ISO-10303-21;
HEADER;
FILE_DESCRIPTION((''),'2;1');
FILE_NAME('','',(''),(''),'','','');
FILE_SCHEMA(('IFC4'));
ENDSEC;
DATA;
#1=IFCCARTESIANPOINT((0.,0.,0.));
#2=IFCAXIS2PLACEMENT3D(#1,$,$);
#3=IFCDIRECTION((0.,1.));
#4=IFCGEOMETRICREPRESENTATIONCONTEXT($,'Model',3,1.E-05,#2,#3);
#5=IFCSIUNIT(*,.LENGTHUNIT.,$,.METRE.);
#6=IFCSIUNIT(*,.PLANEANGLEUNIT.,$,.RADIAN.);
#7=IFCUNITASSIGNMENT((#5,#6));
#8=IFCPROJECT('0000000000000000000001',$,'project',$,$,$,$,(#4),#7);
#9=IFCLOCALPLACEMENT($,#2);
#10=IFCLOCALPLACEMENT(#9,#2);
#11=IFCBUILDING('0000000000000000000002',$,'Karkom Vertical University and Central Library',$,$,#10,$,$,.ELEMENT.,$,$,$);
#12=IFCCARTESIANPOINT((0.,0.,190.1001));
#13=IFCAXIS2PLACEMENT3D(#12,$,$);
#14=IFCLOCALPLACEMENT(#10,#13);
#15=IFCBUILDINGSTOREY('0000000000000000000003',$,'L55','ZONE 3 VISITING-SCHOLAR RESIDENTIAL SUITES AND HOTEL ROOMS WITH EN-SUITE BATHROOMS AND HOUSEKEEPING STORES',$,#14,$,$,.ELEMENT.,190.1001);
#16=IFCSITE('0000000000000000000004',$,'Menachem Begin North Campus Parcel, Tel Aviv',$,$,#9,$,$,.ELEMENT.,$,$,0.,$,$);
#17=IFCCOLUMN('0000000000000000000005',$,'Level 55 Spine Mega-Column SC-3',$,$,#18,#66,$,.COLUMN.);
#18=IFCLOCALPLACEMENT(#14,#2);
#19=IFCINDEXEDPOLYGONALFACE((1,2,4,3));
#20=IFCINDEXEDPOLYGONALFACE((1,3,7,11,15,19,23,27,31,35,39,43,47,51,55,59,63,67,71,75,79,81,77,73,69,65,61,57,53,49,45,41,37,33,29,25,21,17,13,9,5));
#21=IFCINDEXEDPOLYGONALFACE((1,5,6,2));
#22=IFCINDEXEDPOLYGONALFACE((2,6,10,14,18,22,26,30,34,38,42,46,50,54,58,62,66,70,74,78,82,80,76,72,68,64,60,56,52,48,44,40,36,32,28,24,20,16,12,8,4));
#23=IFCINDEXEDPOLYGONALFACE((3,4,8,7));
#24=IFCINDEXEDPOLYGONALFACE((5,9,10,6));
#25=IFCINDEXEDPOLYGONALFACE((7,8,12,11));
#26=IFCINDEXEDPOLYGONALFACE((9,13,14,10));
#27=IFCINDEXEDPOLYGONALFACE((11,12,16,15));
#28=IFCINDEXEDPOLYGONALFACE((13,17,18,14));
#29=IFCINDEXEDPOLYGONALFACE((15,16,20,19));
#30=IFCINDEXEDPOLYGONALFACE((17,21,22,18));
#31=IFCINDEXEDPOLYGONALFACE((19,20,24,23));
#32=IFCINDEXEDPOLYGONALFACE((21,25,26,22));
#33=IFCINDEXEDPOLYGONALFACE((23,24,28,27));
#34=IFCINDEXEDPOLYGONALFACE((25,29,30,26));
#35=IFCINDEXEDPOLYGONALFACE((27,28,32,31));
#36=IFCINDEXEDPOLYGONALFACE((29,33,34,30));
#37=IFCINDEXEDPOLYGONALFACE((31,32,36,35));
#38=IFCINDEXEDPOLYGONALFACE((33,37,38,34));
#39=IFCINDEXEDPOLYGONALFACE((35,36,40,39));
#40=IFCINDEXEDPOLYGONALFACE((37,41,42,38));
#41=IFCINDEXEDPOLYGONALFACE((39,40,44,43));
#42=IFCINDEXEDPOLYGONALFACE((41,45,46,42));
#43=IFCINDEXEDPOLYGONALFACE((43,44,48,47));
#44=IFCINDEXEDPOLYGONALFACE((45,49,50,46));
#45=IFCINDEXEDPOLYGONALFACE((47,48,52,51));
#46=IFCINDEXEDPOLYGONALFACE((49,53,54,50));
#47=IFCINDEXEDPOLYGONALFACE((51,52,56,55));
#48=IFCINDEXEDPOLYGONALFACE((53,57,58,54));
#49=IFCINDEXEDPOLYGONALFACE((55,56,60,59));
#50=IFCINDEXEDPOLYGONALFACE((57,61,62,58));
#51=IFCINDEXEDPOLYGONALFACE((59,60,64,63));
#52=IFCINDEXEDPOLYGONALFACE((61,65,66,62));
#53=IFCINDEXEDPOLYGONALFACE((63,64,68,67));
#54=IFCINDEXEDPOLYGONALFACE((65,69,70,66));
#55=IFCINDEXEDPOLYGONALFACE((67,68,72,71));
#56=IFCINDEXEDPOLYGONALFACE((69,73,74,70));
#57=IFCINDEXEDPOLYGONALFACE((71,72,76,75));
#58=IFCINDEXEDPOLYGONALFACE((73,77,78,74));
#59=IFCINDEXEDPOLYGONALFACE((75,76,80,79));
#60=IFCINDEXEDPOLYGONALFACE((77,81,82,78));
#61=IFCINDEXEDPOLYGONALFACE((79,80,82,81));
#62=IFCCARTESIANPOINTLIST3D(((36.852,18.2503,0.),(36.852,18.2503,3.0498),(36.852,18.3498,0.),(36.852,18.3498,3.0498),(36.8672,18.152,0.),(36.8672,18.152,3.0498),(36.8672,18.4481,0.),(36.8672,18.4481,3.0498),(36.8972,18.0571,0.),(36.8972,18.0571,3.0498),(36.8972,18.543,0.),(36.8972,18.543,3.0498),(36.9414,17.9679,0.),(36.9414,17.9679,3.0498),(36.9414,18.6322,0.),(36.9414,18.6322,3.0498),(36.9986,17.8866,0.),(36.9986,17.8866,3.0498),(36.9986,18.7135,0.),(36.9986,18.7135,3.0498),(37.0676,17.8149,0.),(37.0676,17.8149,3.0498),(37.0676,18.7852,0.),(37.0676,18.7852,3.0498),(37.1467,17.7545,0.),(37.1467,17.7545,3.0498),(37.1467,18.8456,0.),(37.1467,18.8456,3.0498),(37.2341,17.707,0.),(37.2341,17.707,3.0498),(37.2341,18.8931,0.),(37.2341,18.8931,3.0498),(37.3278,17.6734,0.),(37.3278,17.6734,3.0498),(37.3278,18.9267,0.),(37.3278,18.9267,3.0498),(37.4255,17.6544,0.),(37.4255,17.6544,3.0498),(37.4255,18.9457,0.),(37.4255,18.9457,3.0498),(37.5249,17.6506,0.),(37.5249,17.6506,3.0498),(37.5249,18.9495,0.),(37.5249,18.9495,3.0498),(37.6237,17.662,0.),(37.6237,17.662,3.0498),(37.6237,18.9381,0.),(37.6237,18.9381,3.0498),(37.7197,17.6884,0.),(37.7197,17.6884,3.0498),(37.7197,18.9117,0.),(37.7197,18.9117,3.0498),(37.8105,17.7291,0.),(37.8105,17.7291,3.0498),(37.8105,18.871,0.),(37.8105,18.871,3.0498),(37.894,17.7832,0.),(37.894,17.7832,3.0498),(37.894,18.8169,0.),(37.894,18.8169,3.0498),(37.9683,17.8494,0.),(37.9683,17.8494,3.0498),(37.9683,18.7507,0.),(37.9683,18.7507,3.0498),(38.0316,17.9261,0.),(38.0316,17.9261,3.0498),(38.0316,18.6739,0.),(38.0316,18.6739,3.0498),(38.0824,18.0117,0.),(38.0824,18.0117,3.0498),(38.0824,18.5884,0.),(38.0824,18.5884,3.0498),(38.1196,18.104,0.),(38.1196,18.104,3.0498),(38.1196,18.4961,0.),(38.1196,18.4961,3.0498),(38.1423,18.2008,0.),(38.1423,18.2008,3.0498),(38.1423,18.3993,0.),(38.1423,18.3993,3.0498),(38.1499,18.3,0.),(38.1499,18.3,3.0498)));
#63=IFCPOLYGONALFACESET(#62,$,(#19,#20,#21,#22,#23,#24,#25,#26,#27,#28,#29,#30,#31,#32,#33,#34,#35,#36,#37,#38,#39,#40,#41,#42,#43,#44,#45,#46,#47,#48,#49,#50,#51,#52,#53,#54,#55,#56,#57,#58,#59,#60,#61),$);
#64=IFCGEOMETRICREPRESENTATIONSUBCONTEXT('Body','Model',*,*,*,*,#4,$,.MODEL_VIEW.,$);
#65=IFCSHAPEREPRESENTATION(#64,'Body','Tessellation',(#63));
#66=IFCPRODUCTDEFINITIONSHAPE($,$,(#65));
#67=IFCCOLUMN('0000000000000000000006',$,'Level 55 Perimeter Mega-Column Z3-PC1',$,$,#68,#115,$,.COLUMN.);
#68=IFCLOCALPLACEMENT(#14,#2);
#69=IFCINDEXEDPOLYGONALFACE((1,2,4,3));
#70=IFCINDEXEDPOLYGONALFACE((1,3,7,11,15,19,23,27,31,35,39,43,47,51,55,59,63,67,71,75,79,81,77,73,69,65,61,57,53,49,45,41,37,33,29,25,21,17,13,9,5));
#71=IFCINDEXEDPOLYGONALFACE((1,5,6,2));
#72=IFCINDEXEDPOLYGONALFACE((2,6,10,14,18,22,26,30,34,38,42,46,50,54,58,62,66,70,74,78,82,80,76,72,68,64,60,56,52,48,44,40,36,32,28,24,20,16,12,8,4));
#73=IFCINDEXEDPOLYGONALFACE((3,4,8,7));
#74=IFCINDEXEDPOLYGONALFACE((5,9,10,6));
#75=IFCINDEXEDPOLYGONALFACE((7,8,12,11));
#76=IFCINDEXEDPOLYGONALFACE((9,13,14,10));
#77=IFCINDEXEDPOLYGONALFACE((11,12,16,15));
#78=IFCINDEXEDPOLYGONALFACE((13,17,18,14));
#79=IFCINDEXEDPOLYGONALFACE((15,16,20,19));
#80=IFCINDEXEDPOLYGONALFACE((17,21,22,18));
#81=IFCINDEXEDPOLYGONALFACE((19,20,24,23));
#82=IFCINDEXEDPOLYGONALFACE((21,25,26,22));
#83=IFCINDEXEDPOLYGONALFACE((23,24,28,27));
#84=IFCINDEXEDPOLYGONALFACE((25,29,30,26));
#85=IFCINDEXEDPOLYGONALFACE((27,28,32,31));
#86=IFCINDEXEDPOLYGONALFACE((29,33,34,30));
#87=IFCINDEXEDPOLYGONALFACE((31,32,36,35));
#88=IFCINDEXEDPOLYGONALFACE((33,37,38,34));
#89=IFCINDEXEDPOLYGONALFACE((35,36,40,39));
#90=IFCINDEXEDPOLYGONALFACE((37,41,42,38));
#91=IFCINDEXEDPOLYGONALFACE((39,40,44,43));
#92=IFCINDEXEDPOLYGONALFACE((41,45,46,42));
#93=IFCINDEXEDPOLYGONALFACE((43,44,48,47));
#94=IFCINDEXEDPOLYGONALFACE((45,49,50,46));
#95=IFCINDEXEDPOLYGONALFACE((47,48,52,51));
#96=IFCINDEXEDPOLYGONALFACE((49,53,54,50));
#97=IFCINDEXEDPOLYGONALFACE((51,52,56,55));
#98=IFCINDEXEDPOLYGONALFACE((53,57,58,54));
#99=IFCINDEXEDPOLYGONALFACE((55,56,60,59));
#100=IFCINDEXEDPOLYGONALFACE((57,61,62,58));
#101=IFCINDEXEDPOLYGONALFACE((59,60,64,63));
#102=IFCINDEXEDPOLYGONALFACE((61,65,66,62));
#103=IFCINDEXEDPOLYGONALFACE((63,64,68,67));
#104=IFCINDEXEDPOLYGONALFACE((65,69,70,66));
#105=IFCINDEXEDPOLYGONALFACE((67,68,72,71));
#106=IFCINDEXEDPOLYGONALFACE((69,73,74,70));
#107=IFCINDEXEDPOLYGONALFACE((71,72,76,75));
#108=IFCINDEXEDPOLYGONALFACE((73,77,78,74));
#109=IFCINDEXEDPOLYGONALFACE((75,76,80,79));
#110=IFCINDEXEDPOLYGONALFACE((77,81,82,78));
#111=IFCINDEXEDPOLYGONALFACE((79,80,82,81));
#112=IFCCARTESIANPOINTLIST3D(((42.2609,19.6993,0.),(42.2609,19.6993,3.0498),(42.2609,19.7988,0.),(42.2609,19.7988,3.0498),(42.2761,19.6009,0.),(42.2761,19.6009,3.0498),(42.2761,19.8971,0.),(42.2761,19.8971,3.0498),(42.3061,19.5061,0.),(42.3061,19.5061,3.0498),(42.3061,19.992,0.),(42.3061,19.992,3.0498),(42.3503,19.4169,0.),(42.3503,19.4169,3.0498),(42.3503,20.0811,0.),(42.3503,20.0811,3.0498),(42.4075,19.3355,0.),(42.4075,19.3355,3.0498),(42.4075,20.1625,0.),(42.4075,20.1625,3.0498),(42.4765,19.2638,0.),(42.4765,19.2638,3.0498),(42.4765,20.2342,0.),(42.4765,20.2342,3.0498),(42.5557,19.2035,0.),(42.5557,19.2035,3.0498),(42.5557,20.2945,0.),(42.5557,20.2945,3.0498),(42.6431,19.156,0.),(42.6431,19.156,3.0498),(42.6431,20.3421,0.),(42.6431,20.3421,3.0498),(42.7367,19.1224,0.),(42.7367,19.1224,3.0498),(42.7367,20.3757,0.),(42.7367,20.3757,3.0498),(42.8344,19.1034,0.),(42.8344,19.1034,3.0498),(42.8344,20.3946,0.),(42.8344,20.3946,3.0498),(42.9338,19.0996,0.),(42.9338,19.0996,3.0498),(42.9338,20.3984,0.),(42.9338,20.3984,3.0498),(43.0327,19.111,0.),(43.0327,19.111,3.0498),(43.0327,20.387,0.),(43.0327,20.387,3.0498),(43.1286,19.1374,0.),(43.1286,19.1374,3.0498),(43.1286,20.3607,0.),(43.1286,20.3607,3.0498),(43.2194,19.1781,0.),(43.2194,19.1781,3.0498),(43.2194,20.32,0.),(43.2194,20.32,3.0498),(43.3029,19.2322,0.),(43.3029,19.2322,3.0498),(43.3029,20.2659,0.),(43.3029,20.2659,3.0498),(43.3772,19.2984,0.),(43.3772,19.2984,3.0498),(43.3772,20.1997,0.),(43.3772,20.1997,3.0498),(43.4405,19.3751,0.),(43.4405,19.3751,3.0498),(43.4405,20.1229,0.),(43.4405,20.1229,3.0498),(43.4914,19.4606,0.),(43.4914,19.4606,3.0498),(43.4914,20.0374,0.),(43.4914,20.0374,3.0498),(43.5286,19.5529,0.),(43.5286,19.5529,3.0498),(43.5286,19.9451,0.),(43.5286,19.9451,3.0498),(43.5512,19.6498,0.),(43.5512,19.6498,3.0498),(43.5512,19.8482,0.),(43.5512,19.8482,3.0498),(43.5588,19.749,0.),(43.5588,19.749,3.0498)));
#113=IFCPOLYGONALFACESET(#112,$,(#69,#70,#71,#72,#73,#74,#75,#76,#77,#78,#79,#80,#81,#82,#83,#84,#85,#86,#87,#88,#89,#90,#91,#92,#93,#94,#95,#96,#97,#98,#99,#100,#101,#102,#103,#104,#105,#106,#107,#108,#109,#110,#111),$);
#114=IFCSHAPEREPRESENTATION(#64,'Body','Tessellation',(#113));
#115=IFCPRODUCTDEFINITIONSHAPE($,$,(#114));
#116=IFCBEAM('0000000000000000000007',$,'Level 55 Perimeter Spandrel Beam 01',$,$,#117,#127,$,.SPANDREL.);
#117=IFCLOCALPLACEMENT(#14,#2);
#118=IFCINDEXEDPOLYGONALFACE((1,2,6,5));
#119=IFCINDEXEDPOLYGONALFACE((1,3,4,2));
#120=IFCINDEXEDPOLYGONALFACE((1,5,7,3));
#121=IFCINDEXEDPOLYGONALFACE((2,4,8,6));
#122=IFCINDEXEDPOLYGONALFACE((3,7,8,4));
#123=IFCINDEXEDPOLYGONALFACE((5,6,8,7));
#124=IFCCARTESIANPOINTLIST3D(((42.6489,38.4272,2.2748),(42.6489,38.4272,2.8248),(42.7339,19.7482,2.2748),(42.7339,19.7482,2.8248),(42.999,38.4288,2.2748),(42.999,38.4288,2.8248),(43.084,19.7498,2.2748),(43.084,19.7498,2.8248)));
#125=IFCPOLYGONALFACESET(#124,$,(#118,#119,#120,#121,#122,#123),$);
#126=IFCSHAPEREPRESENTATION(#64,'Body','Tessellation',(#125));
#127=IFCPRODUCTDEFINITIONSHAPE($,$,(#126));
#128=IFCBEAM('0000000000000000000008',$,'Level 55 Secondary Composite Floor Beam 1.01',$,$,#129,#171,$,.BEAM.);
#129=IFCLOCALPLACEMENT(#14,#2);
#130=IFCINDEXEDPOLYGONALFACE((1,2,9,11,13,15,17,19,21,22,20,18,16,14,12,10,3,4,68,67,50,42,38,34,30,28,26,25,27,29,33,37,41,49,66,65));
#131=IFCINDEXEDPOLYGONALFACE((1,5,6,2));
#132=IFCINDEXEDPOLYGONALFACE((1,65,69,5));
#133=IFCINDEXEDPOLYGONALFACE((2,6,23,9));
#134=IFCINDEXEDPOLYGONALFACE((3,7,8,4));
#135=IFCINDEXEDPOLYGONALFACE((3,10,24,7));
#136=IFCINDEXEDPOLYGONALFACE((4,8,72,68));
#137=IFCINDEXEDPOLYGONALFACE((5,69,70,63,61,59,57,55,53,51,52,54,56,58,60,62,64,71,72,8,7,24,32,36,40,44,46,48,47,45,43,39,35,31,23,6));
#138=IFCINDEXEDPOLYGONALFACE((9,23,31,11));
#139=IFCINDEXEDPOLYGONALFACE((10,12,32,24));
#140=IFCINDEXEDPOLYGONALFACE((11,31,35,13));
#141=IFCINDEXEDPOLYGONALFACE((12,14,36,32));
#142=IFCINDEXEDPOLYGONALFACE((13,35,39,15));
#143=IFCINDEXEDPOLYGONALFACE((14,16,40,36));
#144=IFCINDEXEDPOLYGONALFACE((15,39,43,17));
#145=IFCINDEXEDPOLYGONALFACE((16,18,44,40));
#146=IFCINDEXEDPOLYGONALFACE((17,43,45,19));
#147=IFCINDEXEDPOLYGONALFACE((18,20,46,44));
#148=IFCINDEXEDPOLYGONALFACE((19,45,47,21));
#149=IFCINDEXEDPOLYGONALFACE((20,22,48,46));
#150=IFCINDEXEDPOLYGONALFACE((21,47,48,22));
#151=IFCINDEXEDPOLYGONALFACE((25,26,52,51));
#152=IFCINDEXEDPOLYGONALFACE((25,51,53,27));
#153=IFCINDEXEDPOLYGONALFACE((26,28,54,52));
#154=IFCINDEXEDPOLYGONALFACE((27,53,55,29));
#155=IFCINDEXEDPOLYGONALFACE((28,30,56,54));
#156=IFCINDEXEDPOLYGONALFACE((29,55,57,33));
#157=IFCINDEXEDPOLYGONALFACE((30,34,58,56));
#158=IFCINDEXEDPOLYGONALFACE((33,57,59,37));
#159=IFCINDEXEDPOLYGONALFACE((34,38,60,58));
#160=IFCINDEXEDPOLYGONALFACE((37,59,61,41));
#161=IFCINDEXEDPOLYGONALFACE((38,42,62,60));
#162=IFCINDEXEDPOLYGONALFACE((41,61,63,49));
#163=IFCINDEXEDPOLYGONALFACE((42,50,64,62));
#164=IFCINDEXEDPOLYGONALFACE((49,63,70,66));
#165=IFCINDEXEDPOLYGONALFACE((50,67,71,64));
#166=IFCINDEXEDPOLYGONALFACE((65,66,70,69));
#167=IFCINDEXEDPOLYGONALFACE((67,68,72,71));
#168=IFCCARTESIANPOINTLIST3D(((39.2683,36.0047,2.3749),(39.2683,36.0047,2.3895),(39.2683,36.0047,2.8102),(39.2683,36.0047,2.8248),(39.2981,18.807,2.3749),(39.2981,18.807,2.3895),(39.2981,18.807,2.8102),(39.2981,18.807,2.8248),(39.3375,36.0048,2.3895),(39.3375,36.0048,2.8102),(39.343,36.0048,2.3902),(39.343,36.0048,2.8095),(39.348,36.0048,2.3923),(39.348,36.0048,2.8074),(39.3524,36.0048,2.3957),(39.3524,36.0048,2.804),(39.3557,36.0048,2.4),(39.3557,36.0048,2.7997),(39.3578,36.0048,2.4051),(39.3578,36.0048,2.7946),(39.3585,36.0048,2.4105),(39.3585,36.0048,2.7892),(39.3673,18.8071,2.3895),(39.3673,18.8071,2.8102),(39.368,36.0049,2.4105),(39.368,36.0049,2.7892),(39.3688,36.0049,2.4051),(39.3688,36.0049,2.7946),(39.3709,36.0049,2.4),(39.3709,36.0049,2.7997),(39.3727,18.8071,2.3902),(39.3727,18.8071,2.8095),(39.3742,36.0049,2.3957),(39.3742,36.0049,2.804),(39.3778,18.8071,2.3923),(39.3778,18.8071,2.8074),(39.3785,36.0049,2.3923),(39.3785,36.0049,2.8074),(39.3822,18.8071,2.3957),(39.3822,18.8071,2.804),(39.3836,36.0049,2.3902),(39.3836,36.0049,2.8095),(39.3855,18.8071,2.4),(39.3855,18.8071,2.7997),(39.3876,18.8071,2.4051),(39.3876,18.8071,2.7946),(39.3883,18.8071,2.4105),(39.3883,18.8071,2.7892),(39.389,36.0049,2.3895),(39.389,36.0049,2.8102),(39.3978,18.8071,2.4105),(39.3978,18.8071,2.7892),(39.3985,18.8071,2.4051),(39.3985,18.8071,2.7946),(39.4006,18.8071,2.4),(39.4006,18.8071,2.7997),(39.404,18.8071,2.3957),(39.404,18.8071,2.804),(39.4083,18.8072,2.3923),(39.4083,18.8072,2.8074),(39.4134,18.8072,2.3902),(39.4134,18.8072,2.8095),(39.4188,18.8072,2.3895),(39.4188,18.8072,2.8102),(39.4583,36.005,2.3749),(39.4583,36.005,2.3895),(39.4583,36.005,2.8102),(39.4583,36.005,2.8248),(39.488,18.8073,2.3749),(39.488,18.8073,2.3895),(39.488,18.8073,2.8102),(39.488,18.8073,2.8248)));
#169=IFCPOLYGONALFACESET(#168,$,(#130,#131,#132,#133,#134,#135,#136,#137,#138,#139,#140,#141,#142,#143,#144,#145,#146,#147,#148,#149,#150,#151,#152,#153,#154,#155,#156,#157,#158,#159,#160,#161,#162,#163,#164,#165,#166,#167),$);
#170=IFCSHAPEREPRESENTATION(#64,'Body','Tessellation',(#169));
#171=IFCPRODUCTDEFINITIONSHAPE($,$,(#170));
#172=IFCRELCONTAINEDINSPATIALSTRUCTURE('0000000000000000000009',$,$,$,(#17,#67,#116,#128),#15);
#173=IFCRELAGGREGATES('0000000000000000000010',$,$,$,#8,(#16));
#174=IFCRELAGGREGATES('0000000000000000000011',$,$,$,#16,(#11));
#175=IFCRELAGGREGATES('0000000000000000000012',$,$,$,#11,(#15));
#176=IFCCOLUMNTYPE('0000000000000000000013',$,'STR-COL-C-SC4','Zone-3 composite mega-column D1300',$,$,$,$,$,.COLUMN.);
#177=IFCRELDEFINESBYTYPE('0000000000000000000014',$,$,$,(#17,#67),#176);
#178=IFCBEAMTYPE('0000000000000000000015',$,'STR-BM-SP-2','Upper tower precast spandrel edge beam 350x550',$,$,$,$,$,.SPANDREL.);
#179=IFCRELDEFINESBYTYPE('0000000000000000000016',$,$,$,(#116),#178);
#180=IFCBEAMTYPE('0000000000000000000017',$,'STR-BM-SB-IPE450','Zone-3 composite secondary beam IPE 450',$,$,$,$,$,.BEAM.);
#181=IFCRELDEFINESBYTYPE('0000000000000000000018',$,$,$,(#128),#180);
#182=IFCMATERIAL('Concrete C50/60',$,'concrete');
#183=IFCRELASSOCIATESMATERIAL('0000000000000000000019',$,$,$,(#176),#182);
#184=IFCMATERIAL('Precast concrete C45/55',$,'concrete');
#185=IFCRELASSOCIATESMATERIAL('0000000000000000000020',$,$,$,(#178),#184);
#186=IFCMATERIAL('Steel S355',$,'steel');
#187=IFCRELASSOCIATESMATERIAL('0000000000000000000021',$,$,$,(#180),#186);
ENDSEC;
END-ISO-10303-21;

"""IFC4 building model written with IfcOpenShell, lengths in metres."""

from ifc_helpers import new_model, si_unit, direction, frame, origin, origin_with_axes, origin_2d, place, context, subcontext, project, spatial, rectangle, circle, i_section, extrude, source, transform, mapped, material, material_profile, profile_set, type_object, element, save


model = new_model("IFC4")

# Units and contexts
model_context = context("Model", 3, precision=1e-05, world=origin(), true_north=direction((0.0, 1.0)))
body_context = subcontext(model_context, "Body", "Model", "MODEL_VIEW")
ifc_project = project(units=[si_unit("LENGTHUNIT", "METRE"), si_unit("PLANEANGLEUNIT", "RADIAN")], contexts=[model_context])

# Site, building, storey
site_placement = place(None, origin())
site = spatial("IfcSite", under=ifc_project, at=site_placement, Name="Menachem Begin North Campus Parcel, Tel Aviv", CompositionType="ELEMENT", RefElevation=0.0)
building_placement = place(site_placement, origin())
building = spatial("IfcBuilding", under=site, at=building_placement, Name="Karkom Vertical University and Central Library", CompositionType="ELEMENT")
storey_placement = place(building_placement, frame((0.0, 0.0, 190.1001)))
storey = spatial("IfcBuildingStorey", under=building, at=storey_placement, Name="L55", Description="ZONE 3 VISITING-SCHOLAR RESIDENTIAL SUITES AND HOTEL ROOMS WITH EN-SUITE BATHROOMS AND HOUSEKEEPING STORES", CompositionType="ELEMENT", Elevation=190.1001)

# Columns
ifc_material_1 = material(Name="Concrete C50/60", Category="concrete")
ifc_material_profile_1 = material_profile(ifc_material_1, circle(Radius=0.6499, at=origin_2d()), Name="CFT-D1300")
ifc_profile_set_1 = profile_set([ifc_material_profile_1], Name="Concrete C50/60")
column_type = type_object("IfcColumnType", Name="STR-COL-C-SC4", Description="Zone-3 composite mega-column D1300", PredefinedType="COLUMN", material=ifc_profile_set_1)
shared_shape_1 = source(origin_with_axes(), body_context, "Body", "SweptSolid", [
    extrude(circle(Radius=0.6499, at=origin_2d()), origin(), (0.0, 0.0, 1.0), 3.0498),
])
for number, where, z_axis, x_axis, name in (
    (1, (37.5, 18.3, 0.0), (0.0, 0.0, 1.0), (1.0, 0.0, 0.0), "Level 55 Spine Mega-Column SC-3"),
    (2, (42.9089, 19.749, 0.0), (0.0, 0.0, 1.0), (1.0, 0.0, 0.0), "Level 55 Perimeter Mega-Column Z3-PC1"),
):
    element("IfcColumn", number, at=place(storey_placement, frame(where, z_axis=z_axis, x_axis=x_axis)), inside=storey, type_object=column_type, Name=name, PredefinedType="COLUMN", context=body_context, shape_type="MappedRepresentation", body=[
        mapped(shared_shape_1, transform((0.0, 0.0, 0.0), scale=1.0)),
    ])

# Beams
ifc_material_2 = material(Name="Precast concrete C45/55", Category="concrete")
ifc_material_profile_2 = material_profile(ifc_material_2, rectangle(XDim=0.3501, YDim=0.55, at=origin_2d()), Name="SPB-350x550")
ifc_profile_set_2 = profile_set([ifc_material_profile_2], Name="Precast concrete C45/55")
beam_type_1 = type_object("IfcBeamType", Name="STR-BM-SP-2", Description="Upper tower precast spandrel edge beam 350x550", PredefinedType="SPANDREL", material=ifc_profile_set_2)
shared_shape_2 = source(origin_with_axes(), body_context, "Body", "SweptSolid", [
    extrude(rectangle(XDim=0.3501, YDim=0.55, at=origin_2d()), origin(), (0.0, 0.0, 1.0), 18.6792),
])
beam_1_placement = place(storey_placement, frame((42.9089, 19.749, 2.5498), z_axis=(-0.004548, 0.99999, 0.0), x_axis=(-0.99999, -0.004548, 0.0)))
element("IfcBeam", 3, at=beam_1_placement, inside=storey, type_object=beam_type_1, Name="Level 55 Perimeter Spandrel Beam 01", PredefinedType="SPANDREL", context=body_context, shape_type="MappedRepresentation", body=[
    mapped(shared_shape_2, transform((0.0, 0.0, 0.0), scale=1.0)),
])
ifc_material_3 = material(Name="Steel S355", Category="steel")
ifc_material_profile_3 = material_profile(ifc_material_3, i_section(OverallWidth=0.1899, OverallDepth=0.45, WebThickness=0.0095, FlangeThickness=0.0146, FilletRadius=0.021, at=origin_2d()), Name="IPE 450")
ifc_profile_set_3 = profile_set([ifc_material_profile_3], Name="Steel S355")
beam_type_2 = type_object("IfcBeamType", Name="STR-BM-SB-IPE450", Description="Zone-3 composite secondary beam IPE 450", PredefinedType="BEAM", material=ifc_profile_set_3)
shared_shape_3 = source(origin_with_axes(), body_context, "Body", "SweptSolid", [
    extrude(i_section(OverallWidth=0.1899, OverallDepth=0.45, WebThickness=0.0095, FlangeThickness=0.0146, FilletRadius=0.021, at=origin_2d()), origin(), (0.0, 0.0, 1.0), 17.1978),
])
beam_2_placement = place(storey_placement, frame((39.3931, 18.8071, 2.5999), z_axis=(-0.001732, 0.999999, 0.0), x_axis=(-0.999999, -0.001732, 0.0)))
element("IfcBeam", 4, at=beam_2_placement, inside=storey, type_object=beam_type_2, Name="Level 55 Secondary Composite Floor Beam 1.01", PredefinedType="BEAM", context=body_context, shape_type="MappedRepresentation", body=[
    mapped(shared_shape_3, transform((0.0, 0.0, 0.0), scale=1.0)),
])

save(model, "model.ifc")
